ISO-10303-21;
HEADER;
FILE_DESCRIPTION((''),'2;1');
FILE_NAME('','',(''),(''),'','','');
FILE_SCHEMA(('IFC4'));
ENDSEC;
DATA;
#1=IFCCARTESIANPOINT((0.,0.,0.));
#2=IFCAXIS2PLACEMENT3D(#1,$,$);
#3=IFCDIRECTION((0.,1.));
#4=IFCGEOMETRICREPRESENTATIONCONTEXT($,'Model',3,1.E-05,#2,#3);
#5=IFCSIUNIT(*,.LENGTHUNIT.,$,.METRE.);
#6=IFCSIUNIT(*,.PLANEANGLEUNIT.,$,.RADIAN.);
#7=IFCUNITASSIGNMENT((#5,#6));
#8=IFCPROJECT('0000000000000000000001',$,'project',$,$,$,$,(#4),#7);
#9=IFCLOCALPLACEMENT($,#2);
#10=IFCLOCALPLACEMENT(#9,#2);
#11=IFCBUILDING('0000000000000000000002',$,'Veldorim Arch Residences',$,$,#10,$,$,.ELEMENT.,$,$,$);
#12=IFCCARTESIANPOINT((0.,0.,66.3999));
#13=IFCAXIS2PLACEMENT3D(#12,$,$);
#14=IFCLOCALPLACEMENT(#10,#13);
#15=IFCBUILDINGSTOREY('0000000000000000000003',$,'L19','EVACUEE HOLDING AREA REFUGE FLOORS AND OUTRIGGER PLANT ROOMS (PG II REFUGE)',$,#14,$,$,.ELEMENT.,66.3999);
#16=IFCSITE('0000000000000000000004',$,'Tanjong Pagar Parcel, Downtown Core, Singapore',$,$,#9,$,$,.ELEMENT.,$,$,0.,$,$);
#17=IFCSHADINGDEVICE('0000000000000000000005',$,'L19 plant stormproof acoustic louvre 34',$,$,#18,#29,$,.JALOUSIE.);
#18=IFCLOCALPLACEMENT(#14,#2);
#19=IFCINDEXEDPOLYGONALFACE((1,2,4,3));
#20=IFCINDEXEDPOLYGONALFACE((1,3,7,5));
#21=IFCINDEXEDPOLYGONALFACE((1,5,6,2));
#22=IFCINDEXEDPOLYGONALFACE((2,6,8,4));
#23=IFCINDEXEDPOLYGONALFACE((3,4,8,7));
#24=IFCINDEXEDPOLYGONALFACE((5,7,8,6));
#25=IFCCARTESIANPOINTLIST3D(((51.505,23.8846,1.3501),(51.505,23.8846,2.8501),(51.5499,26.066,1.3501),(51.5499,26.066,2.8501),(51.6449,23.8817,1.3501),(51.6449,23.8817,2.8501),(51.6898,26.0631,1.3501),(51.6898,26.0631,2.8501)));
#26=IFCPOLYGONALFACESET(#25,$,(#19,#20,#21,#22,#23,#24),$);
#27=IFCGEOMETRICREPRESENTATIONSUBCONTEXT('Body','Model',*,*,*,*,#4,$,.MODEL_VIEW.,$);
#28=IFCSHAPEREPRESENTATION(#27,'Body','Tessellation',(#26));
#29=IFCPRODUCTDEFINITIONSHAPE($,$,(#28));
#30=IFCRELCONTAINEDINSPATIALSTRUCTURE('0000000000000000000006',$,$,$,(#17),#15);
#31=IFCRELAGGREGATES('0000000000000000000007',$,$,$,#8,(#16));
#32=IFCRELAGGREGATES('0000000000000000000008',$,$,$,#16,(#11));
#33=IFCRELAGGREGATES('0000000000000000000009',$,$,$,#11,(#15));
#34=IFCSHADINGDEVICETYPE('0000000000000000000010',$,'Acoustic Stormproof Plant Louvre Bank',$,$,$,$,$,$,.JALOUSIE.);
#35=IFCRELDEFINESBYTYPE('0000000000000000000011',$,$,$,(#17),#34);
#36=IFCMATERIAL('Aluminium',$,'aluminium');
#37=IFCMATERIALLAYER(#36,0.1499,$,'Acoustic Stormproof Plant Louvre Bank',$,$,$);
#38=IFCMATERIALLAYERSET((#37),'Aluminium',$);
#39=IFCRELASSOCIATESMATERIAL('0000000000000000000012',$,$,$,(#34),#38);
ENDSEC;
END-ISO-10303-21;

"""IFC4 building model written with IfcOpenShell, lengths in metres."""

from ifc_helpers import new_model, si_unit, direction, frame, origin, origin_2d, place, context, subcontext, project, spatial, rectangle, extrude, material, layer, layer_set, type_object, element, save


model = new_model("IFC4")

# Units and contexts
model_context = context("Model", 3, precision=1e-05, world=origin(), true_north=direction((0.0, 1.0)))
body_context = subcontext(model_context, "Body", "Model", "MODEL_VIEW")
ifc_project = project(units=[si_unit("LENGTHUNIT", "METRE"), si_unit("PLANEANGLEUNIT", "RADIAN")], contexts=[model_context])

# Site, building, storey
site_placement = place(None, origin())
site = spatial("IfcSite", under=ifc_project, at=site_placement, Name="Tanjong Pagar Parcel, Downtown Core, Singapore", CompositionType="ELEMENT", RefElevation=0.0)
building_placement = place(site_placement, origin())
building = spatial("IfcBuilding", under=site, at=building_placement, Name="Veldorim Arch Residences", CompositionType="ELEMENT")
storey_placement = place(building_placement, frame((0.0, 0.0, 66.3999)))
storey = spatial("IfcBuildingStorey", under=building, at=storey_placement, Name="L19", Description="EVACUEE HOLDING AREA REFUGE FLOORS AND OUTRIGGER PLANT ROOMS (PG II REFUGE)", CompositionType="ELEMENT", Elevation=66.3999)

# Shading device
ifc_material_1 = material(Name="Aluminium", Category="aluminium")
ifc_layer_1 = layer(ifc_material_1, 0.1499, Name="Acoustic Stormproof Plant Louvre Bank")
ifc_layer_set_1 = layer_set([ifc_layer_1], Name="Aluminium")
shading_device_type = type_object("IfcShadingDeviceType", Name="Acoustic Stormproof Plant Louvre Bank", PredefinedType="JALOUSIE", material=ifc_layer_set_1)
shading_device_1_placement = place(storey_placement, frame((51.5974, 24.9739, 1.3501), z_axis=(0.0, 0.0, 1.0), x_axis=(-0.020593, -0.999788, 0.0)))
element("IfcShadingDevice", 1, at=shading_device_1_placement, inside=storey, type_object=shading_device_type, Name="L19 plant stormproof acoustic louvre 34", PredefinedType="JALOUSIE", context=body_context, shape_type="SweptSolid", body=[
    extrude(rectangle(XDim=2.1819, YDim=0.1399, at=origin_2d()), origin(), (0.0, 0.0, 1.0), 1.5),
])

save(model, "model.ifc")
